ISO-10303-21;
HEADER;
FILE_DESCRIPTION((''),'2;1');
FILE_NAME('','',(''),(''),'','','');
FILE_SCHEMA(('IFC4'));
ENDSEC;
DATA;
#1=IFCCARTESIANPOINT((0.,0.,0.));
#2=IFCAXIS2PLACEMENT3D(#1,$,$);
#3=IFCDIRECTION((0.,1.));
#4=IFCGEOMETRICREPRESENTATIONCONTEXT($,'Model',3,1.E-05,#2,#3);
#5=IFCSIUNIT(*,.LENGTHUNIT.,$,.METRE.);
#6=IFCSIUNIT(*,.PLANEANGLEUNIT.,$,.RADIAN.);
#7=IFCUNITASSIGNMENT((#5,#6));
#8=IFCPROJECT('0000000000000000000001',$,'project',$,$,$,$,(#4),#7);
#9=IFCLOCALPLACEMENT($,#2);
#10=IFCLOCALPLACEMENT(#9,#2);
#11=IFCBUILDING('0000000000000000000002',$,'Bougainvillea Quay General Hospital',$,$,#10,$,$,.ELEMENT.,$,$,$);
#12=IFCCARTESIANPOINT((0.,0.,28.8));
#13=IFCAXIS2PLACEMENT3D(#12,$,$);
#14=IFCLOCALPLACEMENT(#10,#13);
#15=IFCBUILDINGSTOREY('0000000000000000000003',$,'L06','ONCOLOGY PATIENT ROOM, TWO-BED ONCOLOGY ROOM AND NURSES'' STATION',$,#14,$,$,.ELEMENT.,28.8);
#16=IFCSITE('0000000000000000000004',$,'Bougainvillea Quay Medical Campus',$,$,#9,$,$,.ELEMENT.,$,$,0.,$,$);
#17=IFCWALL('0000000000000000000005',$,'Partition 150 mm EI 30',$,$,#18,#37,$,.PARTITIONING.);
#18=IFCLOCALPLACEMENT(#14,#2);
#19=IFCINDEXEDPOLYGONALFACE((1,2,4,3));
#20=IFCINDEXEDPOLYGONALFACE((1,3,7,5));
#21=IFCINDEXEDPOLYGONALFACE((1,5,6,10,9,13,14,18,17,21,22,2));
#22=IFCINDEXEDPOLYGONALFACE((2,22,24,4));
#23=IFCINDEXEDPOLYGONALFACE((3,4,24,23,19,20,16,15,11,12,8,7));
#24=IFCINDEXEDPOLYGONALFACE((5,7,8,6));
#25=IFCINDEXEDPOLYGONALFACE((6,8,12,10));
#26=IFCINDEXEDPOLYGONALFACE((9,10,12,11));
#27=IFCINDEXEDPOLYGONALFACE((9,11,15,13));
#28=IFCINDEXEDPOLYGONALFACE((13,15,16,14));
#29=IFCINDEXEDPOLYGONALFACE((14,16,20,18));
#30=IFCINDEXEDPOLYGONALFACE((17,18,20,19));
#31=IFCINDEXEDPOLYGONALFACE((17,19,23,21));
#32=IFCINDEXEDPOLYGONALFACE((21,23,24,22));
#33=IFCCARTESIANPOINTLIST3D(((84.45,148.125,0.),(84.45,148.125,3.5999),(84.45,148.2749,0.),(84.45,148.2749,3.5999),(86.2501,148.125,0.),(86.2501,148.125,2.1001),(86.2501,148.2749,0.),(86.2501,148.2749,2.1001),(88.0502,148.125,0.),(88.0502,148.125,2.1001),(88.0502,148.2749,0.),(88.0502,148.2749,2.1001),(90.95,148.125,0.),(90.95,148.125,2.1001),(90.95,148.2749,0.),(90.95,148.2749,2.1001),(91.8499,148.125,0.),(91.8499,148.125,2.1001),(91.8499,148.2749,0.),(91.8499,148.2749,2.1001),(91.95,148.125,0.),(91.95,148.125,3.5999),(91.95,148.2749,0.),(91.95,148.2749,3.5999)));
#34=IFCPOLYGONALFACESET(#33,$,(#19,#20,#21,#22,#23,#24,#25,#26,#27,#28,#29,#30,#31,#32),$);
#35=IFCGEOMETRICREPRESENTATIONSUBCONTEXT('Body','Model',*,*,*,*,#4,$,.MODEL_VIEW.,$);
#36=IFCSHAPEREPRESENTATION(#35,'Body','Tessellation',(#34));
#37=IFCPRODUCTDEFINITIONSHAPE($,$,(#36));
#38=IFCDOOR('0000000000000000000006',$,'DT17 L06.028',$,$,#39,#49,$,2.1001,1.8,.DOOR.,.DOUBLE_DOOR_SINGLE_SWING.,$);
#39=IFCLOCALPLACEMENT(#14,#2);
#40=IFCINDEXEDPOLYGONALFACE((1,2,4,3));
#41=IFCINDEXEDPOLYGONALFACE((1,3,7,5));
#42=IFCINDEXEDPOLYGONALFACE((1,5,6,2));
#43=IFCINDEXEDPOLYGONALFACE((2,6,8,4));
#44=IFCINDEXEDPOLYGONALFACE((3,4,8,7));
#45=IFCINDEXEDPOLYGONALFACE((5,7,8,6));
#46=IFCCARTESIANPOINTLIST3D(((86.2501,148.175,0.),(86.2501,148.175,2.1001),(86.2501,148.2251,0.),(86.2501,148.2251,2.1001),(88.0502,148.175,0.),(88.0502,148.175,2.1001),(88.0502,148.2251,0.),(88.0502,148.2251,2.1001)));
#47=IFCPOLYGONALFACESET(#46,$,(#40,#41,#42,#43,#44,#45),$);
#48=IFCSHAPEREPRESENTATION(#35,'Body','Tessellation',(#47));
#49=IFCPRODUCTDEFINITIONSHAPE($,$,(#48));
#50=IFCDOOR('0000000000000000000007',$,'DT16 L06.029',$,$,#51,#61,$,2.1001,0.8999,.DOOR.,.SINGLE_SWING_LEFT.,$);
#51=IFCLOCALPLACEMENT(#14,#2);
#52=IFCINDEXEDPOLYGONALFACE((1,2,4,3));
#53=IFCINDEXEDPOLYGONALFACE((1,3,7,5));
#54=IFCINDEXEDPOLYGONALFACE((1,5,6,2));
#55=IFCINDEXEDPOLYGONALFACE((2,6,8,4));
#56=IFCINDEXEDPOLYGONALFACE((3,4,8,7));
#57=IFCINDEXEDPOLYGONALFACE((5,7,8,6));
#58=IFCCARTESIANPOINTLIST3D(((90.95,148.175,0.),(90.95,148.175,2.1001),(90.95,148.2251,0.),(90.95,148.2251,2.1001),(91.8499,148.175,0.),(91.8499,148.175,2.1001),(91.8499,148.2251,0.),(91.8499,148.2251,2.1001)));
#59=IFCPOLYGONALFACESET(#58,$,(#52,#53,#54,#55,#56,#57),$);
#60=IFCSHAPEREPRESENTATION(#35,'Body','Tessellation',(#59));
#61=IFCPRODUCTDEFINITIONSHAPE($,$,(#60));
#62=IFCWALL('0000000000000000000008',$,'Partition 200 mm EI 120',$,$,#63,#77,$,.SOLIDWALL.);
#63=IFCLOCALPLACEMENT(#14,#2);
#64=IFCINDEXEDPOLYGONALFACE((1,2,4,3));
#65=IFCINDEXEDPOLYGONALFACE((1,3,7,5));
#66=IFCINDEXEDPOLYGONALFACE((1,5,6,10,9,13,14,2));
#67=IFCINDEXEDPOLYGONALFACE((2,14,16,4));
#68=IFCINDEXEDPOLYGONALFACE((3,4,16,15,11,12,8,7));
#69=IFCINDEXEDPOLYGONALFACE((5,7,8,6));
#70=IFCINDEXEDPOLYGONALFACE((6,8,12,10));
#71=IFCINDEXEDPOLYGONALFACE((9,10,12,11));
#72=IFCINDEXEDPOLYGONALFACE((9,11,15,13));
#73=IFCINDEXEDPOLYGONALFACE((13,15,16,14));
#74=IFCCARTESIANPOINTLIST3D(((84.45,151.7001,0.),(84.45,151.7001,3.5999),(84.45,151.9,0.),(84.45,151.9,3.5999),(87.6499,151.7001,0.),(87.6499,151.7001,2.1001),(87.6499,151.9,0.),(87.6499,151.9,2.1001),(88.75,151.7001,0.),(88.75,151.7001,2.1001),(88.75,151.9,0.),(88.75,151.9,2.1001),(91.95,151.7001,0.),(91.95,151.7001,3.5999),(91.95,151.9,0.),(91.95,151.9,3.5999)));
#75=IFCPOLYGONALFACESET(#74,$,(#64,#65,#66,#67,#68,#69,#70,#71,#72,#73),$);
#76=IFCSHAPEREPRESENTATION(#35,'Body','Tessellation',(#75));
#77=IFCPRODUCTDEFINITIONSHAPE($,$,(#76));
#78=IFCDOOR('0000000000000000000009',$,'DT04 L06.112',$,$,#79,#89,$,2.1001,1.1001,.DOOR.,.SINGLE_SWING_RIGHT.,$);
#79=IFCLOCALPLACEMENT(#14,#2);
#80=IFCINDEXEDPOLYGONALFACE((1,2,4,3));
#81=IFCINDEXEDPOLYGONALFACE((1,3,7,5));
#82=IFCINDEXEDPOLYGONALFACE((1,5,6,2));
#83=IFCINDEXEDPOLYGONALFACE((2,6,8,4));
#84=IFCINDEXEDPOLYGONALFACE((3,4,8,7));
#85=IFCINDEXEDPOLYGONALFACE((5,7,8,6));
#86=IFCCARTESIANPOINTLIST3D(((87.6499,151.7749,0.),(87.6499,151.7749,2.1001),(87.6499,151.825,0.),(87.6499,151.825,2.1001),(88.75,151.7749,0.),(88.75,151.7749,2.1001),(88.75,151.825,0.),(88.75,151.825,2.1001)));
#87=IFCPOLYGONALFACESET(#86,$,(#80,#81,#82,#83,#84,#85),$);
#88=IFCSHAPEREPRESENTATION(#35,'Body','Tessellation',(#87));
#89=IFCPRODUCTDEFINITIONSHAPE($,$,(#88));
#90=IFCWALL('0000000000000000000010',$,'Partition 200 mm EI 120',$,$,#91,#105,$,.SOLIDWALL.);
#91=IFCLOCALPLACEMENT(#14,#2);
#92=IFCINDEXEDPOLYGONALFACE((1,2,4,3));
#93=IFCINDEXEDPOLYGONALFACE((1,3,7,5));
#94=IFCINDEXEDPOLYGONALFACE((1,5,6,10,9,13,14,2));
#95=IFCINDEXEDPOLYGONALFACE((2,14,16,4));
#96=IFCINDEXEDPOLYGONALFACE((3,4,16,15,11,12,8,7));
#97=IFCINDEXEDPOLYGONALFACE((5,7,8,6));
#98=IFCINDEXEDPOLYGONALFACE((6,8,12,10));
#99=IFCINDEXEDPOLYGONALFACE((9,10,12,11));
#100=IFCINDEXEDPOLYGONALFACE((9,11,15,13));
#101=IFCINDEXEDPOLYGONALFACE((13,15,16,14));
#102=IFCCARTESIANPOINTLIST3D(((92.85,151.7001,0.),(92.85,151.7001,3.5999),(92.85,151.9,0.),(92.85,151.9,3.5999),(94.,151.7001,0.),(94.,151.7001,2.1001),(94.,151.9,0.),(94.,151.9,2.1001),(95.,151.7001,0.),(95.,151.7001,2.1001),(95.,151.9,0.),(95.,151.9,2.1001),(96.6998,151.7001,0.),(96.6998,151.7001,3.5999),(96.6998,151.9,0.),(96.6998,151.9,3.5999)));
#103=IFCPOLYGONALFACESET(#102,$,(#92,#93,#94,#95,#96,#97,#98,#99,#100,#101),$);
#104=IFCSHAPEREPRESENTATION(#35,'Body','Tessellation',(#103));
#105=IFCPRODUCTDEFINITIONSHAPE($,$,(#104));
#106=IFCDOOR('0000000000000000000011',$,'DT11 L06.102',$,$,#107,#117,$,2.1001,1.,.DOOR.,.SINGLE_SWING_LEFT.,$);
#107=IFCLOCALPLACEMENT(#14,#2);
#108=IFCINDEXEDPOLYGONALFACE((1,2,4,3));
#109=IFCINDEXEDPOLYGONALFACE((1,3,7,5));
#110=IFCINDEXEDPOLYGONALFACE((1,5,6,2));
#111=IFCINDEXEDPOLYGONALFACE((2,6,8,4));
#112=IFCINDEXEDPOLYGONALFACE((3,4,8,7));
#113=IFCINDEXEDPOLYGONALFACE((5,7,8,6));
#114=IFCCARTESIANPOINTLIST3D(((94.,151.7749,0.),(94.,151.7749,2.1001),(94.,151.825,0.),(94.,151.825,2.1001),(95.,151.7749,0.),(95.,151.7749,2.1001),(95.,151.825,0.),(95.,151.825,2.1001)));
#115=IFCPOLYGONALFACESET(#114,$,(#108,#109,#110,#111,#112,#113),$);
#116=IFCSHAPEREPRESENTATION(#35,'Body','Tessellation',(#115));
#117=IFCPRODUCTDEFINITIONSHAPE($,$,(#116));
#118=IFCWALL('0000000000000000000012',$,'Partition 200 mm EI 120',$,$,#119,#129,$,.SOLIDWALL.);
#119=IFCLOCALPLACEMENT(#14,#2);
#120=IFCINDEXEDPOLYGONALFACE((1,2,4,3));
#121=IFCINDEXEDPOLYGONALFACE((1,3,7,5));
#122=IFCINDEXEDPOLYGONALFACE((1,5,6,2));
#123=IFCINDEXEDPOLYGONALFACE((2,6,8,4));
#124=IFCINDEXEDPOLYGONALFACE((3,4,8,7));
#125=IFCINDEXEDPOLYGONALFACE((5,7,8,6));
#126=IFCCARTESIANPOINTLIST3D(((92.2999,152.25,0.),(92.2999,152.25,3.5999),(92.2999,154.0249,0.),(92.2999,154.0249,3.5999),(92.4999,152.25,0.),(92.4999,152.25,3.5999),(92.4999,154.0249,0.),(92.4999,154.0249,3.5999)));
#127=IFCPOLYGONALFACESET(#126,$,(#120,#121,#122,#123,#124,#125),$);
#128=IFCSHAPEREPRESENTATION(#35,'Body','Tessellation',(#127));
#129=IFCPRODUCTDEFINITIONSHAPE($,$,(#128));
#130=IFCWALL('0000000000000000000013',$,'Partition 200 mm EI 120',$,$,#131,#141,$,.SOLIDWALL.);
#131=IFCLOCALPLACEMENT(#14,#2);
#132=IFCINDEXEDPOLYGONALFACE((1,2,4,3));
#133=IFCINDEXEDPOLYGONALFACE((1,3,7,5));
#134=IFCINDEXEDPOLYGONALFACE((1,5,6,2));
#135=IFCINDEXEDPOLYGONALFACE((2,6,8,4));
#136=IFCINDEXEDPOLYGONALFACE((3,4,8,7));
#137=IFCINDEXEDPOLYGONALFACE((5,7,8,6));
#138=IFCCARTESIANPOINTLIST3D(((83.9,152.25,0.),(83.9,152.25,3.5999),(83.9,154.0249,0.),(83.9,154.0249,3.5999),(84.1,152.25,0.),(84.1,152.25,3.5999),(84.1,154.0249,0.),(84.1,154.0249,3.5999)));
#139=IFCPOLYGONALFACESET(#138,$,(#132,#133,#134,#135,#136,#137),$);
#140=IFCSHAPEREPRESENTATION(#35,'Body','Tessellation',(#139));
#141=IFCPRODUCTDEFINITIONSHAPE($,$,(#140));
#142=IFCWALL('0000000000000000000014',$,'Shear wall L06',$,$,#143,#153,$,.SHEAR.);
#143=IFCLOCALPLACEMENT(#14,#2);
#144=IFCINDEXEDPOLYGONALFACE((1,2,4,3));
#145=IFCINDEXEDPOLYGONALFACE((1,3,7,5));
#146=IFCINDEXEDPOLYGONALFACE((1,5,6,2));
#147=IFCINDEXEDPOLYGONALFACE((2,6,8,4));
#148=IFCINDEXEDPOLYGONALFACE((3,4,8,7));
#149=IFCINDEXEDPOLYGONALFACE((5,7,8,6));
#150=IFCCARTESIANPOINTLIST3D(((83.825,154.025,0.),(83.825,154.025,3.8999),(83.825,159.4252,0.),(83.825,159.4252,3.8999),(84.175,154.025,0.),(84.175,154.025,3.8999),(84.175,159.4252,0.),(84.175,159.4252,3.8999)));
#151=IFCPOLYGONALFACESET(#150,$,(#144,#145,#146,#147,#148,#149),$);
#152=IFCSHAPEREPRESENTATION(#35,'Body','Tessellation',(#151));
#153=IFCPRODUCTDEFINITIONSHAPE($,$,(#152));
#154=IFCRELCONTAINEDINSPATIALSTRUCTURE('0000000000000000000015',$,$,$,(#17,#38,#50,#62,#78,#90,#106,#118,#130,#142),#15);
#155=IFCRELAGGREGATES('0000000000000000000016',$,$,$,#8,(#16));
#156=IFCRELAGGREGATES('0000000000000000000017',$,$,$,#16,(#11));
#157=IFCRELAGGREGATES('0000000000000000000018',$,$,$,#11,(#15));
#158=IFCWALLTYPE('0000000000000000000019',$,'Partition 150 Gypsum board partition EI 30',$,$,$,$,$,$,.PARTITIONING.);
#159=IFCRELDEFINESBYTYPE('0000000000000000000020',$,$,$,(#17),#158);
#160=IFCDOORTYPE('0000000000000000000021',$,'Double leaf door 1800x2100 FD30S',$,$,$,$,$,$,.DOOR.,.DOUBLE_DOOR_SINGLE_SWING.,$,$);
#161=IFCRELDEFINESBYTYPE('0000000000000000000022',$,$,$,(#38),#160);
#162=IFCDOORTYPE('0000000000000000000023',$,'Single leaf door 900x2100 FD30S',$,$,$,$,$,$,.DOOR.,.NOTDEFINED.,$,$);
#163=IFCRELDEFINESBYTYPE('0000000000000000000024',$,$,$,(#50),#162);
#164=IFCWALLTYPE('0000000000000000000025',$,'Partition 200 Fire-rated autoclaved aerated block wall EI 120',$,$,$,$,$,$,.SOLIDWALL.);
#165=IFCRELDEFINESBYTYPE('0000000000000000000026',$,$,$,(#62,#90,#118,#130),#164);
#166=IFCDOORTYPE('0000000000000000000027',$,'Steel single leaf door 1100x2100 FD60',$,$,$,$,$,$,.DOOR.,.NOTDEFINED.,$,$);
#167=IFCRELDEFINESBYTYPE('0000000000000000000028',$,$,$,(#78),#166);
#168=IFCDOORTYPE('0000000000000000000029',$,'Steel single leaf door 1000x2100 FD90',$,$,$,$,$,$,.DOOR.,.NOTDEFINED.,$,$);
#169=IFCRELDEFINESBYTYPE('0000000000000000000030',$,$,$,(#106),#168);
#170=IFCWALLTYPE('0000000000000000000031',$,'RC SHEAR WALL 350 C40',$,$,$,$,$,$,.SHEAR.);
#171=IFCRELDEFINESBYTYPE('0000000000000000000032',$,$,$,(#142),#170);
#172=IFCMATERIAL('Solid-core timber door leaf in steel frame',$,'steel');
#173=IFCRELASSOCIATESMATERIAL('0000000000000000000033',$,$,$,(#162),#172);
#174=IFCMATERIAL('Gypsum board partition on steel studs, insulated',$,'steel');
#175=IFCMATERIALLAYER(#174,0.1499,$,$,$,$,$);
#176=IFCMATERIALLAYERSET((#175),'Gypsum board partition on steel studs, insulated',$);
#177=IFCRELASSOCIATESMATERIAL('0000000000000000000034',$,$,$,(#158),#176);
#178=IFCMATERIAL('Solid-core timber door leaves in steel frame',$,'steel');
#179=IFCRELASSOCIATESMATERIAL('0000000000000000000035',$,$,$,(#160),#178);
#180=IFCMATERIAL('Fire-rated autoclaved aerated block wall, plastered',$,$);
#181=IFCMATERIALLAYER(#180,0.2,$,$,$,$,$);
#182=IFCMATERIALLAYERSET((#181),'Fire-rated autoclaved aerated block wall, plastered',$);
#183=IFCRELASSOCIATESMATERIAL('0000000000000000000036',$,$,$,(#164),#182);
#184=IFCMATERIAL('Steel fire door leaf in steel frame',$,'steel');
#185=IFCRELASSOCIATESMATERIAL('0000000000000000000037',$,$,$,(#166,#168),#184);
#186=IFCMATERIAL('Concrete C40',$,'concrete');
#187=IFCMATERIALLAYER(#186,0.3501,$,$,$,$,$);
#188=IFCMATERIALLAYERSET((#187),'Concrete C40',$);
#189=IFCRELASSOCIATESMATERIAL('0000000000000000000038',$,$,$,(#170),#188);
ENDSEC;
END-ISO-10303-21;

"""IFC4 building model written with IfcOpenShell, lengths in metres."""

from ifc_helpers import new_model, si_unit, direction, frame, frame_2d, origin, place, context, subcontext, project, spatial, rectangle, extrude, material, layer, layer_set, type_object, element, fill, save


model = new_model("IFC4")

# Units and contexts
model_context = context("Model", 3, precision=1e-05, world=origin(), true_north=direction((0.0, 1.0)))
body_context = subcontext(model_context, "Body", "Model", "MODEL_VIEW")
ifc_project = project(units=[si_unit("LENGTHUNIT", "METRE"), si_unit("PLANEANGLEUNIT", "RADIAN")], contexts=[model_context])

# Site, building, storey
site_placement = place(None, origin())
site = spatial("IfcSite", under=ifc_project, at=site_placement, Name="Bougainvillea Quay Medical Campus", CompositionType="ELEMENT", RefElevation=0.0)
building_placement = place(site_placement, origin())
building = spatial("IfcBuilding", under=site, at=building_placement, Name="Bougainvillea Quay General Hospital", CompositionType="ELEMENT")
storey_placement = place(building_placement, frame((0.0, 0.0, 28.8)))
storey = spatial("IfcBuildingStorey", under=building, at=storey_placement, Name="L06", Description="ONCOLOGY PATIENT ROOM, TWO-BED ONCOLOGY ROOM AND NURSES' STATION", CompositionType="ELEMENT", Elevation=28.8)

# Shared definitions
ifc_material_1 = material(Name="Concrete C40", Category="concrete")

# Shared definitions
ifc_material_2 = material(Name="Gypsum board partition on steel studs, insulated", Category="steel")
ifc_material_3 = material(Name="Solid-core timber door leaf in steel frame", Category="steel")
door_type_1 = type_object("IfcDoorType", Name="Single leaf door 900x2100 FD30S", OperationType="NOTDEFINED", PredefinedType="DOOR", material=ifc_material_3)

# Wall, openings, doors
ifc_layer_1 = layer(ifc_material_2, 0.1499)
ifc_layer_set_1 = layer_set([ifc_layer_1], Name="Gypsum board partition on steel studs, insulated")
wall_type_1 = type_object("IfcWallType", Name="Partition 150 Gypsum board partition EI 30", PredefinedType="PARTITIONING", material=ifc_layer_set_1)
wall_1_placement = place(storey_placement, frame((91.95, 148.2, 0.0), z_axis=(0.0, 0.0, 1.0), x_axis=(-1.0, 0.0, 0.0)))
wall_1 = element("IfcWall", 1, at=wall_1_placement, inside=storey, type_object=wall_type_1, Name="Partition 150 mm EI 30", PredefinedType="PARTITIONING", context=body_context, shape_type="SweptSolid", body=[
    extrude(rectangle(XDim=7.5, YDim=0.1499, at=frame_2d((3.75, 0.0))), origin(), (0.0, 0.0, 1.0), 3.5999),
])
opening_1_placement = place(wall_1_placement, frame((3.8999, 0.0, 0.0)))
opening_1 = element("IfcOpeningElement", 2, at=opening_1_placement, cuts=wall_1, PredefinedType="OPENING", context=body_context, shape_type="SweptSolid", body=[
    extrude(rectangle(XDim=1.8, YDim=2.1001, at=frame_2d((0.8999, 1.05))), frame((0.0, 0.085, 0.0), z_axis=(0.0, -1.0, 0.0), x_axis=(1.0, 0.0, 0.0)), (0.0, 0.0, 1.0), 0.1699),
])
opening_2_placement = place(wall_1_placement, frame((0.1001, 0.0, 0.0)))
opening_2 = element("IfcOpeningElement", 3, at=opening_2_placement, cuts=wall_1, PredefinedType="OPENING", context=body_context, shape_type="SweptSolid", body=[
    extrude(rectangle(XDim=0.8999, YDim=2.1001, at=frame_2d((0.45, 1.05))), frame((0.0, 0.085, 0.0), z_axis=(0.0, -1.0, 0.0), x_axis=(1.0, 0.0, 0.0)), (0.0, 0.0, 1.0), 0.1699),
])
ifc_material_4 = material(Name="Solid-core timber door leaves in steel frame", Category="steel")
door_type_2 = type_object("IfcDoorType", Name="Double leaf door 1800x2100 FD30S", OperationType="DOUBLE_DOOR_SINGLE_SWING", PredefinedType="DOOR", material=ifc_material_4)
door_1_placement = place(opening_1_placement, origin())
door_1 = element("IfcDoor", 4, at=door_1_placement, inside=storey, type_object=door_type_2, Name="DT17 L06.028", OperationType="DOUBLE_DOOR_SINGLE_SWING", OverallHeight=2.1001, OverallWidth=1.8, PredefinedType="DOOR", context=body_context, shape_type="SweptSolid", body=[
    extrude(rectangle(XDim=1.8, YDim=2.1001, at=frame_2d((0.8999, 1.05))), frame((0.0, 0.0249, 0.0), z_axis=(0.0, -1.0, 0.0), x_axis=(1.0, 0.0, 0.0)), (0.0, 0.0, 1.0), 0.05),
])
fill(opening_1, door_1)
door_2_placement = place(opening_2_placement, origin())
door_2 = element("IfcDoor", 5, at=door_2_placement, inside=storey, type_object=door_type_1, Name="DT16 L06.029", OperationType="SINGLE_SWING_LEFT", OverallHeight=2.1001, OverallWidth=0.8999, PredefinedType="DOOR", context=body_context, shape_type="SweptSolid", body=[
    extrude(rectangle(XDim=0.8999, YDim=2.1001, at=frame_2d((0.45, 1.05))), frame((0.0, 0.0249, 0.0), z_axis=(0.0, -1.0, 0.0), x_axis=(1.0, 0.0, 0.0)), (0.0, 0.0, 1.0), 0.05),
])
fill(opening_2, door_2)

# Walls, openings, doors
ifc_material_5 = material(Name="Fire-rated autoclaved aerated block wall, plastered")
ifc_layer_2 = layer(ifc_material_5, 0.2)
ifc_layer_set_2 = layer_set([ifc_layer_2], Name="Fire-rated autoclaved aerated block wall, plastered")
wall_type_2 = type_object("IfcWallType", Name="Partition 200 Fire-rated autoclaved aerated block wall EI 120", PredefinedType="SOLIDWALL", material=ifc_layer_set_2)
wall_2_placement = place(storey_placement, frame((84.45, 151.8, 0.0), z_axis=(0.0, 0.0, 1.0), x_axis=(1.0, 0.0, 0.0)))
wall_2 = element("IfcWall", 6, at=wall_2_placement, inside=storey, type_object=wall_type_2, Name="Partition 200 mm EI 120", PredefinedType="SOLIDWALL", context=body_context, shape_type="SweptSolid", body=[
    extrude(rectangle(XDim=7.5, YDim=0.2, at=frame_2d((3.75, 0.0))), origin(), (0.0, 0.0, 1.0), 3.5999),
])
opening_3_placement = place(wall_2_placement, frame((3.2, 0.0, 0.0)))
opening_3 = element("IfcOpeningElement", 7, at=opening_3_placement, cuts=wall_2, PredefinedType="OPENING", context=body_context, shape_type="SweptSolid", body=[
    extrude(rectangle(XDim=1.1001, YDim=2.1001, at=frame_2d((0.55, 1.05))), frame((0.0, 0.1099, 0.0), z_axis=(0.0, -1.0, 0.0), x_axis=(1.0, 0.0, 0.0)), (0.0, 0.0, 1.0), 0.22),
])
ifc_material_6 = material(Name="Steel fire door leaf in steel frame", Category="steel")
door_type_3 = type_object("IfcDoorType", Name="Steel single leaf door 1100x2100 FD60", OperationType="NOTDEFINED", PredefinedType="DOOR", material=ifc_material_6)
door_3_placement = place(opening_3_placement, origin())
door_3 = element("IfcDoor", 8, at=door_3_placement, inside=storey, type_object=door_type_3, Name="DT04 L06.112", OperationType="SINGLE_SWING_RIGHT", OverallHeight=2.1001, OverallWidth=1.1001, PredefinedType="DOOR", context=body_context, shape_type="SweptSolid", body=[
    extrude(rectangle(XDim=1.1001, YDim=2.1001, at=frame_2d((0.55, 1.05))), frame((0.0, 0.0249, 0.0), z_axis=(0.0, -1.0, 0.0), x_axis=(1.0, 0.0, 0.0)), (0.0, 0.0, 1.0), 0.05),
])
fill(opening_3, door_3)
wall_3_placement = place(storey_placement, frame((92.8501, 151.8, 0.0), z_axis=(0.0, 0.0, 1.0), x_axis=(1.0, 0.0, 0.0)))
wall_3 = element("IfcWall", 9, at=wall_3_placement, inside=storey, type_object=wall_type_2, Name="Partition 200 mm EI 120", PredefinedType="SOLIDWALL", context=body_context, shape_type="SweptSolid", body=[
    extrude(rectangle(XDim=3.8499, YDim=0.2, at=frame_2d((1.9248, 0.0))), origin(), (0.0, 0.0, 1.0), 3.5999),
])
opening_4_placement = place(wall_3_placement, frame((1.1499, 0.0, 0.0)))
opening_4 = element("IfcOpeningElement", 10, at=opening_4_placement, cuts=wall_3, PredefinedType="OPENING", context=body_context, shape_type="SweptSolid", body=[
    extrude(rectangle(XDim=1.0, YDim=2.1001, at=frame_2d((0.5, 1.05))), frame((0.0, 0.1099, 0.0), z_axis=(0.0, -1.0, 0.0), x_axis=(1.0, 0.0, 0.0)), (0.0, 0.0, 1.0), 0.22),
])
door_type_4 = type_object("IfcDoorType", Name="Steel single leaf door 1000x2100 FD90", OperationType="NOTDEFINED", PredefinedType="DOOR", material=ifc_material_6)
door_4_placement = place(opening_4_placement, origin())
door_4 = element("IfcDoor", 11, at=door_4_placement, inside=storey, type_object=door_type_4, Name="DT11 L06.102", OperationType="SINGLE_SWING_LEFT", OverallHeight=2.1001, OverallWidth=1.0, PredefinedType="DOOR", context=body_context, shape_type="SweptSolid", body=[
    extrude(rectangle(XDim=1.0, YDim=2.1001, at=frame_2d((0.5, 1.05))), frame((0.0, 0.0249, 0.0), z_axis=(0.0, -1.0, 0.0), x_axis=(1.0, 0.0, 0.0)), (0.0, 0.0, 1.0), 0.05),
])
fill(opening_4, door_4)

# Walls
for number, where, z_axis, x_axis, name in (
    (12, (92.3999, 152.25, 0.0), (0.0, 0.0, 1.0), (0.0, 1.0, 0.0), "Partition 200 mm EI 120"),
    (13, (84.0, 152.25, 0.0), (0.0, 0.0, 1.0), (0.0, 1.0, 0.0), "Partition 200 mm EI 120"),
):
    element("IfcWall", number, at=place(storey_placement, frame(where, z_axis=z_axis, x_axis=x_axis)), inside=storey, type_object=wall_type_2, Name=name, PredefinedType="SOLIDWALL", context=body_context, shape_type="SweptSolid", body=[
        extrude(rectangle(XDim=1.7749, YDim=0.2, at=frame_2d((0.8875, 0.0))), origin(), (0.0, 0.0, 1.0), 3.5999),
    ])
ifc_layer_3 = layer(ifc_material_1, 0.3501)
ifc_layer_set_3 = layer_set([ifc_layer_3], Name="Concrete C40")
wall_type_3 = type_object("IfcWallType", Name="RC SHEAR WALL 350 C40", PredefinedType="SHEAR", material=ifc_layer_set_3)
wall_4_placement = place(storey_placement, frame((84.0, 154.0249, 0.0), z_axis=(0.0, 0.0, 1.0), x_axis=(0.0, 1.0, 0.0)))
element("IfcWall", 14, at=wall_4_placement, inside=storey, type_object=wall_type_3, Name="Shear wall L06", PredefinedType="SHEAR", context=body_context, shape_type="SweptSolid", body=[
    extrude(rectangle(XDim=5.4001, YDim=0.3501, at=frame_2d((2.7002, 0.0))), origin(), (0.0, 0.0, 1.0), 3.8999),
])

save(model, "model.ifc")
